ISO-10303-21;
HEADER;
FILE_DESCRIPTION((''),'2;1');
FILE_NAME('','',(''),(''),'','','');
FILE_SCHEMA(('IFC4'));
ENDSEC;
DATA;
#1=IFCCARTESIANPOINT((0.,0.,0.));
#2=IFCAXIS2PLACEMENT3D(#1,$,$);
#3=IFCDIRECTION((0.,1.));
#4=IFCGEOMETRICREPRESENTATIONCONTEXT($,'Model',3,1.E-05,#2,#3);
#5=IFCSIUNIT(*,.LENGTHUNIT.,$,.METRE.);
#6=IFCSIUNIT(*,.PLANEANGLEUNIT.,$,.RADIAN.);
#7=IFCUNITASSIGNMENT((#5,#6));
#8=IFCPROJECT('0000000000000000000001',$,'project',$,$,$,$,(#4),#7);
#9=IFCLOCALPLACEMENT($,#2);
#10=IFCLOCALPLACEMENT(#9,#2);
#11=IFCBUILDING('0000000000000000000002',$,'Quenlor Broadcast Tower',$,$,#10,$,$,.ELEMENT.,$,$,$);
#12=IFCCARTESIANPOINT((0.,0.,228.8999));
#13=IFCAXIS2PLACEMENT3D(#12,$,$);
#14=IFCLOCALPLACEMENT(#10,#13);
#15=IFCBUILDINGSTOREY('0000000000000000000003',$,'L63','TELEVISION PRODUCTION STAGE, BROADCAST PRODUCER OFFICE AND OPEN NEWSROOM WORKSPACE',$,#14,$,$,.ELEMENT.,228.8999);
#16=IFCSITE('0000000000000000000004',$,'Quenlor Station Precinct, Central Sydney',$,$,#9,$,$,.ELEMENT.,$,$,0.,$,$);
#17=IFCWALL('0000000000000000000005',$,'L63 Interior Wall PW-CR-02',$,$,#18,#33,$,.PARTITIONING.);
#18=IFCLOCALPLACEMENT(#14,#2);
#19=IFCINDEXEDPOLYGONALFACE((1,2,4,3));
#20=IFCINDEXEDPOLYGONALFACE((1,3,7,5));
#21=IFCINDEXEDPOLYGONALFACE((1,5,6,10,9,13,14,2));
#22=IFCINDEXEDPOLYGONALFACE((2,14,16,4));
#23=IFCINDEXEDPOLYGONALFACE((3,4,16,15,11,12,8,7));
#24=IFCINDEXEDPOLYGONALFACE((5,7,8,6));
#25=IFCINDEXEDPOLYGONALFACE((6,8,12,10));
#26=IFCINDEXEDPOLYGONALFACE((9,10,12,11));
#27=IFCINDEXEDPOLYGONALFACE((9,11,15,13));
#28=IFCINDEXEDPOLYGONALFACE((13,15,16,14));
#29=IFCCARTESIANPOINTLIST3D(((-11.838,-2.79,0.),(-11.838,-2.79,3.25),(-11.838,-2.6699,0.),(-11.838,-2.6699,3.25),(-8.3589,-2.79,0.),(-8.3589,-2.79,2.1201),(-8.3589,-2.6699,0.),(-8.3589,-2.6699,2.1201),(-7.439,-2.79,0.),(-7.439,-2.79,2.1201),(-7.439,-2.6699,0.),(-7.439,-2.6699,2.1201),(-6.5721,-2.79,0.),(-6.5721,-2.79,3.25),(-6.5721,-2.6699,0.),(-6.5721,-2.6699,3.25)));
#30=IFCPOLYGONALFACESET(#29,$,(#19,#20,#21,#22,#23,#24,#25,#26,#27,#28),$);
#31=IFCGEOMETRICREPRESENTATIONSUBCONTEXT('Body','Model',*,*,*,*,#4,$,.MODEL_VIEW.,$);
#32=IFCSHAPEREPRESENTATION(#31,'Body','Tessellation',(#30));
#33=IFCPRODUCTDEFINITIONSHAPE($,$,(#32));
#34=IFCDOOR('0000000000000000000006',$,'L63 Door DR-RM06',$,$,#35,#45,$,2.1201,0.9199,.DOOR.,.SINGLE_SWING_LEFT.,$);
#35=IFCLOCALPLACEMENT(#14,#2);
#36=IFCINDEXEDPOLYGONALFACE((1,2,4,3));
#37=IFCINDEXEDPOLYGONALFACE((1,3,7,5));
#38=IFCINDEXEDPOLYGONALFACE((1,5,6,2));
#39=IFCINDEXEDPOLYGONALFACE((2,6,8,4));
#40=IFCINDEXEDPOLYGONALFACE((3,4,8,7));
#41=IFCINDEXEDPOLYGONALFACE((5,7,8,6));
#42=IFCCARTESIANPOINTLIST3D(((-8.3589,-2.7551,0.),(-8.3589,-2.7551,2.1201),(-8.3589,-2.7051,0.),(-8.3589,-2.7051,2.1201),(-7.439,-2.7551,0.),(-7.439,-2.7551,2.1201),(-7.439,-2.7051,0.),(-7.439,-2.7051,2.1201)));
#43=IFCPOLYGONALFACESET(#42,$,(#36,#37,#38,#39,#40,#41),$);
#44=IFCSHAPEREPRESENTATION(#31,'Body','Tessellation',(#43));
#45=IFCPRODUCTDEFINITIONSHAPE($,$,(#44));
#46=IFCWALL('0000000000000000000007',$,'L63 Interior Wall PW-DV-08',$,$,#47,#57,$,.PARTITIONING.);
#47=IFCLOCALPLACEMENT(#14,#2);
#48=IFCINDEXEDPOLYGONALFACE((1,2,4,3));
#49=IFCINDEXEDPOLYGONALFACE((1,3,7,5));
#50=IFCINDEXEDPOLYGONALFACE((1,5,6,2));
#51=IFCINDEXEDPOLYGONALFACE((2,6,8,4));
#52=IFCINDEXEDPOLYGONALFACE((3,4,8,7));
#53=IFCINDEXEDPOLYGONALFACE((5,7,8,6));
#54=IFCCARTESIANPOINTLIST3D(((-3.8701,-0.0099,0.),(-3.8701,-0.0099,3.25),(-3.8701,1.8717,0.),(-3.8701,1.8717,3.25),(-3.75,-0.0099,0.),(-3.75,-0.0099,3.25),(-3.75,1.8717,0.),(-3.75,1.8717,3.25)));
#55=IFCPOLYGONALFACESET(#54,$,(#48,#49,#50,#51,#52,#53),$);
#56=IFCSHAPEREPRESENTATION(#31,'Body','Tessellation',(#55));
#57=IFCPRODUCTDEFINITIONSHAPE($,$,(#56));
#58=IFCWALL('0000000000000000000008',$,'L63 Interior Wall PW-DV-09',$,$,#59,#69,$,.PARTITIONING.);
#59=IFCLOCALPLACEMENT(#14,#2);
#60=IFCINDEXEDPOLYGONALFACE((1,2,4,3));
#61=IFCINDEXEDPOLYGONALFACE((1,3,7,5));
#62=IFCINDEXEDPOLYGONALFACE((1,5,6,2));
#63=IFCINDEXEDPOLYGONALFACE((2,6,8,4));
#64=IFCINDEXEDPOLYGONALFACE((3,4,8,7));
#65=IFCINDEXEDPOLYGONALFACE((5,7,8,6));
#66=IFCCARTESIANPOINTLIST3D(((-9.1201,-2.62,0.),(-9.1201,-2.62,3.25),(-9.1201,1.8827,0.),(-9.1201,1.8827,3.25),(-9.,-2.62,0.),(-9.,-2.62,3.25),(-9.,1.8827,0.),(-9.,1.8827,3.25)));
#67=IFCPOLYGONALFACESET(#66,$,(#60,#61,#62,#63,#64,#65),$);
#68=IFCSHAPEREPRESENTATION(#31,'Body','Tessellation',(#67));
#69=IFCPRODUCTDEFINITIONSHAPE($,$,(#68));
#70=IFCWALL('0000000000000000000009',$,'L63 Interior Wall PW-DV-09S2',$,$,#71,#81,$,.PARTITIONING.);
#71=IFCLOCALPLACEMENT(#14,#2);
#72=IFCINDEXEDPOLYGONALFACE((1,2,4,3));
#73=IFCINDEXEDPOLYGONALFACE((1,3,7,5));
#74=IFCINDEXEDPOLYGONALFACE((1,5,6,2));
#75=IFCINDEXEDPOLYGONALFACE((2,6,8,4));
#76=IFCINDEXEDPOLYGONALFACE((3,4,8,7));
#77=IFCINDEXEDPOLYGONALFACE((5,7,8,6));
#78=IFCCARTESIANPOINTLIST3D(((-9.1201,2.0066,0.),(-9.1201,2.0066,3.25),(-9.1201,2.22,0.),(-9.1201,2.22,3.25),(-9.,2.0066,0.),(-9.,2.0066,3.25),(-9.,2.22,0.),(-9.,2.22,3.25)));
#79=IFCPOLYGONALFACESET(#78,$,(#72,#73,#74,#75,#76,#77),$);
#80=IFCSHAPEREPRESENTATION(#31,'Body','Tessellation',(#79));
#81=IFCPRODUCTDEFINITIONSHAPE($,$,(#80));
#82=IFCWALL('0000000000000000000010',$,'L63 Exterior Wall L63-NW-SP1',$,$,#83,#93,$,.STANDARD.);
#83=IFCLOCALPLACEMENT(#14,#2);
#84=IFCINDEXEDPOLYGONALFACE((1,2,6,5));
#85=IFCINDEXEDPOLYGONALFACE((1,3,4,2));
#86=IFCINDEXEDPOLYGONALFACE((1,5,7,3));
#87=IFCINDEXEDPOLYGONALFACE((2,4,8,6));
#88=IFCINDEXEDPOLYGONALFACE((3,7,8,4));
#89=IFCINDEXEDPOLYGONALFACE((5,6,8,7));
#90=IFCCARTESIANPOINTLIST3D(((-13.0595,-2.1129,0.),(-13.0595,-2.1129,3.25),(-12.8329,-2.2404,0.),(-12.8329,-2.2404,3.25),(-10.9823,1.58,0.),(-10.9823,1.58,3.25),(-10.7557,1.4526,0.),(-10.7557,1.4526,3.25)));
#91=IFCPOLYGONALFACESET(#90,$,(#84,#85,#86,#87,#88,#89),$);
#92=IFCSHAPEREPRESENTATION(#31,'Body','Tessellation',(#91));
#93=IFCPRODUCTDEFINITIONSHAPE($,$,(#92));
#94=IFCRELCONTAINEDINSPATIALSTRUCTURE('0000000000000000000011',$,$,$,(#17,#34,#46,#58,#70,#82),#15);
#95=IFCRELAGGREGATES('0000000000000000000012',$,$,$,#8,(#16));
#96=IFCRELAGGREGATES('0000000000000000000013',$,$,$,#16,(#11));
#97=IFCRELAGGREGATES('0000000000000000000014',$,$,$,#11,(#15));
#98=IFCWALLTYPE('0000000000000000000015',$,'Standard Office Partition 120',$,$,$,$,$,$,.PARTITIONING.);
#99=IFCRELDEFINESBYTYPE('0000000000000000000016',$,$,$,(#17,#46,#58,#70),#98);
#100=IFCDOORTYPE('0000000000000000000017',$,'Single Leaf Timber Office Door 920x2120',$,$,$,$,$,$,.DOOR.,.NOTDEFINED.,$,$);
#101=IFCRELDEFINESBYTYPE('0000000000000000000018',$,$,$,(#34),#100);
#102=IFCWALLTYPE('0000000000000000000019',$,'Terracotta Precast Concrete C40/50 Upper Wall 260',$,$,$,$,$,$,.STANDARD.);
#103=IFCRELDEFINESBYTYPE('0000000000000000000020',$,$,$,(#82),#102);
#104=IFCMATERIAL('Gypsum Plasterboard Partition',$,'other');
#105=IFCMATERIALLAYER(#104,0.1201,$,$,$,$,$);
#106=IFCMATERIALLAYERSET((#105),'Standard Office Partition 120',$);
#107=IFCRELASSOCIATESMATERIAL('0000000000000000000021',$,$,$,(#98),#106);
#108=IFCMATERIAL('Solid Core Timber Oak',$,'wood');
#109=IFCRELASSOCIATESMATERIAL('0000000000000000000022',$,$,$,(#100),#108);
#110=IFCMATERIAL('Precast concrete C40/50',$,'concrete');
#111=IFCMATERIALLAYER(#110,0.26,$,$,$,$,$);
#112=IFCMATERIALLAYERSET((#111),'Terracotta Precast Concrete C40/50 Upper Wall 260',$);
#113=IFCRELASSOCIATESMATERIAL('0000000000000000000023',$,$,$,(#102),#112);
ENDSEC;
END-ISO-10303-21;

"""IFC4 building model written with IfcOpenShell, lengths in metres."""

from ifc_helpers import new_model, si_unit, direction, frame, frame_2d, origin, place, context, subcontext, project, spatial, rectangle, extrude, material, layer, layer_set, type_object, element, fill, save


model = new_model("IFC4")

# Units and contexts
model_context = context("Model", 3, precision=1e-05, world=origin(), true_north=direction((0.0, 1.0)))
body_context = subcontext(model_context, "Body", "Model", "MODEL_VIEW")
ifc_project = project(units=[si_unit("LENGTHUNIT", "METRE"), si_unit("PLANEANGLEUNIT", "RADIAN")], contexts=[model_context])

# Site, building, storey
site_placement = place(None, origin())
site = spatial("IfcSite", under=ifc_project, at=site_placement, Name="Quenlor Station Precinct, Central Sydney", CompositionType="ELEMENT", RefElevation=0.0)
building_placement = place(site_placement, origin())
building = spatial("IfcBuilding", under=site, at=building_placement, Name="Quenlor Broadcast Tower", CompositionType="ELEMENT")
storey_placement = place(building_placement, frame((0.0, 0.0, 228.8999)))
storey = spatial("IfcBuildingStorey", under=building, at=storey_placement, Name="L63", Description="TELEVISION PRODUCTION STAGE, BROADCAST PRODUCER OFFICE AND OPEN NEWSROOM WORKSPACE", CompositionType="ELEMENT", Elevation=228.8999)

# Shared definitions
ifc_material_1 = material(Name="Gypsum Plasterboard Partition", Category="other")
ifc_layer_1 = layer(ifc_material_1, 0.1201)
ifc_layer_set_1 = layer_set([ifc_layer_1], Name="Standard Office Partition 120")
wall_type_1 = type_object("IfcWallType", Name="Standard Office Partition 120", PredefinedType="PARTITIONING", material=ifc_layer_set_1)

# Wall, opening, door
wall_1_placement = place(storey_placement, frame((-11.8379, -2.73, 0.0), z_axis=(0.0, 0.0, 1.0), x_axis=(1.0, 0.0, 0.0)))
wall_1 = element("IfcWall", 1, at=wall_1_placement, inside=storey, type_object=wall_type_1, Name="L63 Interior Wall PW-CR-02", PredefinedType="PARTITIONING", context=body_context, shape_type="SweptSolid", body=[
    extrude(rectangle(XDim=5.2659, YDim=0.1201, at=frame_2d((2.6328, 0.0))), origin(), (0.0, 0.0, 1.0), 3.25),
])
opening_placement = place(wall_1_placement, frame((3.479, 0.0, 0.0)))
opening = element("IfcOpeningElement", 2, at=opening_placement, cuts=wall_1, PredefinedType="OPENING", context=body_context, shape_type="SweptSolid", body=[
    extrude(rectangle(XDim=0.9199, YDim=2.1201, at=frame_2d((0.46, 1.0601))), frame((0.0, 0.0701, 0.0), z_axis=(0.0, -1.0, 0.0), x_axis=(1.0, 0.0, 0.0)), (0.0, 0.0, 1.0), 0.1401),
])
ifc_material_2 = material(Name="Solid Core Timber Oak", Category="wood")
door_type = type_object("IfcDoorType", Name="Single Leaf Timber Office Door 920x2120", OperationType="NOTDEFINED", PredefinedType="DOOR", material=ifc_material_2)
door_placement = place(opening_placement, origin())
door = element("IfcDoor", 3, at=door_placement, inside=storey, type_object=door_type, Name="L63 Door DR-RM06", OperationType="SINGLE_SWING_LEFT", OverallHeight=2.1201, OverallWidth=0.9199, PredefinedType="DOOR", context=body_context, shape_type="SweptSolid", body=[
    extrude(rectangle(XDim=0.9199, YDim=2.1201, at=frame_2d((0.46, 1.0601))), frame((0.0, 0.0249, 0.0), z_axis=(0.0, -1.0, 0.0), x_axis=(1.0, 0.0, 0.0)), (0.0, 0.0, 1.0), 0.05),
])
fill(opening, door)

# Walls
wall_2_placement = place(storey_placement, frame((-3.8101, -0.01, 0.0), z_axis=(0.0, 0.0, 1.0), x_axis=(0.0, 1.0, 0.0)))
element("IfcWall", 4, at=wall_2_placement, inside=storey, type_object=wall_type_1, Name="L63 Interior Wall PW-DV-08", PredefinedType="PARTITIONING", context=body_context, shape_type="SweptSolid", body=[
    extrude(rectangle(XDim=1.8816, YDim=0.1201, at=frame_2d((0.9409, 0.0))), origin(), (0.0, 0.0, 1.0), 3.25),
])
wall_3_placement = place(storey_placement, frame((-9.0601, -2.6201, 0.0), z_axis=(0.0, 0.0, 1.0), x_axis=(0.0, 1.0, 0.0)))
element("IfcWall", 5, at=wall_3_placement, inside=storey, type_object=wall_type_1, Name="L63 Interior Wall PW-DV-09", PredefinedType="PARTITIONING", context=body_context, shape_type="SweptSolid", body=[
    extrude(rectangle(XDim=4.5027, YDim=0.1201, at=frame_2d((2.2515, 0.0))), origin(), (0.0, 0.0, 1.0), 3.25),
])
wall_4_placement = place(storey_placement, frame((-9.0601, 2.0066, 0.0), z_axis=(0.0, 0.0, 1.0), x_axis=(0.0, 1.0, 0.0)))
element("IfcWall", 6, at=wall_4_placement, inside=storey, type_object=wall_type_1, Name="L63 Interior Wall PW-DV-09S2", PredefinedType="PARTITIONING", context=body_context, shape_type="SweptSolid", body=[
    extrude(rectangle(XDim=0.2134, YDim=0.1201, at=frame_2d((0.1067, 0.0))), origin(), (0.0, 0.0, 1.0), 3.25),
])
ifc_material_3 = material(Name="Precast concrete C40/50", Category="concrete")
ifc_layer_2 = layer(ifc_material_3, 0.26)
ifc_layer_set_2 = layer_set([ifc_layer_2], Name="Terracotta Precast Concrete C40/50 Upper Wall 260")
wall_type_2 = type_object("IfcWallType", Name="Terracotta Precast Concrete C40/50 Upper Wall 260", PredefinedType="STANDARD", material=ifc_layer_set_2)
wall_5_placement = place(storey_placement, frame((-12.9463, -2.1768, 0.0), z_axis=(0.0, 0.0, 1.0), x_axis=(0.490245, 0.871585, 0.0)))
element("IfcWall", 7, at=wall_5_placement, inside=storey, type_object=wall_type_2, Name="L63 Exterior Wall L63-NW-SP1", PredefinedType="STANDARD", context=body_context, shape_type="SweptSolid", body=[
    extrude(rectangle(XDim=4.2371, YDim=0.26, at=frame_2d((2.1187, 0.0))), origin(), (0.0, 0.0, 1.0), 3.25),
])

save(model, "model.ifc")
